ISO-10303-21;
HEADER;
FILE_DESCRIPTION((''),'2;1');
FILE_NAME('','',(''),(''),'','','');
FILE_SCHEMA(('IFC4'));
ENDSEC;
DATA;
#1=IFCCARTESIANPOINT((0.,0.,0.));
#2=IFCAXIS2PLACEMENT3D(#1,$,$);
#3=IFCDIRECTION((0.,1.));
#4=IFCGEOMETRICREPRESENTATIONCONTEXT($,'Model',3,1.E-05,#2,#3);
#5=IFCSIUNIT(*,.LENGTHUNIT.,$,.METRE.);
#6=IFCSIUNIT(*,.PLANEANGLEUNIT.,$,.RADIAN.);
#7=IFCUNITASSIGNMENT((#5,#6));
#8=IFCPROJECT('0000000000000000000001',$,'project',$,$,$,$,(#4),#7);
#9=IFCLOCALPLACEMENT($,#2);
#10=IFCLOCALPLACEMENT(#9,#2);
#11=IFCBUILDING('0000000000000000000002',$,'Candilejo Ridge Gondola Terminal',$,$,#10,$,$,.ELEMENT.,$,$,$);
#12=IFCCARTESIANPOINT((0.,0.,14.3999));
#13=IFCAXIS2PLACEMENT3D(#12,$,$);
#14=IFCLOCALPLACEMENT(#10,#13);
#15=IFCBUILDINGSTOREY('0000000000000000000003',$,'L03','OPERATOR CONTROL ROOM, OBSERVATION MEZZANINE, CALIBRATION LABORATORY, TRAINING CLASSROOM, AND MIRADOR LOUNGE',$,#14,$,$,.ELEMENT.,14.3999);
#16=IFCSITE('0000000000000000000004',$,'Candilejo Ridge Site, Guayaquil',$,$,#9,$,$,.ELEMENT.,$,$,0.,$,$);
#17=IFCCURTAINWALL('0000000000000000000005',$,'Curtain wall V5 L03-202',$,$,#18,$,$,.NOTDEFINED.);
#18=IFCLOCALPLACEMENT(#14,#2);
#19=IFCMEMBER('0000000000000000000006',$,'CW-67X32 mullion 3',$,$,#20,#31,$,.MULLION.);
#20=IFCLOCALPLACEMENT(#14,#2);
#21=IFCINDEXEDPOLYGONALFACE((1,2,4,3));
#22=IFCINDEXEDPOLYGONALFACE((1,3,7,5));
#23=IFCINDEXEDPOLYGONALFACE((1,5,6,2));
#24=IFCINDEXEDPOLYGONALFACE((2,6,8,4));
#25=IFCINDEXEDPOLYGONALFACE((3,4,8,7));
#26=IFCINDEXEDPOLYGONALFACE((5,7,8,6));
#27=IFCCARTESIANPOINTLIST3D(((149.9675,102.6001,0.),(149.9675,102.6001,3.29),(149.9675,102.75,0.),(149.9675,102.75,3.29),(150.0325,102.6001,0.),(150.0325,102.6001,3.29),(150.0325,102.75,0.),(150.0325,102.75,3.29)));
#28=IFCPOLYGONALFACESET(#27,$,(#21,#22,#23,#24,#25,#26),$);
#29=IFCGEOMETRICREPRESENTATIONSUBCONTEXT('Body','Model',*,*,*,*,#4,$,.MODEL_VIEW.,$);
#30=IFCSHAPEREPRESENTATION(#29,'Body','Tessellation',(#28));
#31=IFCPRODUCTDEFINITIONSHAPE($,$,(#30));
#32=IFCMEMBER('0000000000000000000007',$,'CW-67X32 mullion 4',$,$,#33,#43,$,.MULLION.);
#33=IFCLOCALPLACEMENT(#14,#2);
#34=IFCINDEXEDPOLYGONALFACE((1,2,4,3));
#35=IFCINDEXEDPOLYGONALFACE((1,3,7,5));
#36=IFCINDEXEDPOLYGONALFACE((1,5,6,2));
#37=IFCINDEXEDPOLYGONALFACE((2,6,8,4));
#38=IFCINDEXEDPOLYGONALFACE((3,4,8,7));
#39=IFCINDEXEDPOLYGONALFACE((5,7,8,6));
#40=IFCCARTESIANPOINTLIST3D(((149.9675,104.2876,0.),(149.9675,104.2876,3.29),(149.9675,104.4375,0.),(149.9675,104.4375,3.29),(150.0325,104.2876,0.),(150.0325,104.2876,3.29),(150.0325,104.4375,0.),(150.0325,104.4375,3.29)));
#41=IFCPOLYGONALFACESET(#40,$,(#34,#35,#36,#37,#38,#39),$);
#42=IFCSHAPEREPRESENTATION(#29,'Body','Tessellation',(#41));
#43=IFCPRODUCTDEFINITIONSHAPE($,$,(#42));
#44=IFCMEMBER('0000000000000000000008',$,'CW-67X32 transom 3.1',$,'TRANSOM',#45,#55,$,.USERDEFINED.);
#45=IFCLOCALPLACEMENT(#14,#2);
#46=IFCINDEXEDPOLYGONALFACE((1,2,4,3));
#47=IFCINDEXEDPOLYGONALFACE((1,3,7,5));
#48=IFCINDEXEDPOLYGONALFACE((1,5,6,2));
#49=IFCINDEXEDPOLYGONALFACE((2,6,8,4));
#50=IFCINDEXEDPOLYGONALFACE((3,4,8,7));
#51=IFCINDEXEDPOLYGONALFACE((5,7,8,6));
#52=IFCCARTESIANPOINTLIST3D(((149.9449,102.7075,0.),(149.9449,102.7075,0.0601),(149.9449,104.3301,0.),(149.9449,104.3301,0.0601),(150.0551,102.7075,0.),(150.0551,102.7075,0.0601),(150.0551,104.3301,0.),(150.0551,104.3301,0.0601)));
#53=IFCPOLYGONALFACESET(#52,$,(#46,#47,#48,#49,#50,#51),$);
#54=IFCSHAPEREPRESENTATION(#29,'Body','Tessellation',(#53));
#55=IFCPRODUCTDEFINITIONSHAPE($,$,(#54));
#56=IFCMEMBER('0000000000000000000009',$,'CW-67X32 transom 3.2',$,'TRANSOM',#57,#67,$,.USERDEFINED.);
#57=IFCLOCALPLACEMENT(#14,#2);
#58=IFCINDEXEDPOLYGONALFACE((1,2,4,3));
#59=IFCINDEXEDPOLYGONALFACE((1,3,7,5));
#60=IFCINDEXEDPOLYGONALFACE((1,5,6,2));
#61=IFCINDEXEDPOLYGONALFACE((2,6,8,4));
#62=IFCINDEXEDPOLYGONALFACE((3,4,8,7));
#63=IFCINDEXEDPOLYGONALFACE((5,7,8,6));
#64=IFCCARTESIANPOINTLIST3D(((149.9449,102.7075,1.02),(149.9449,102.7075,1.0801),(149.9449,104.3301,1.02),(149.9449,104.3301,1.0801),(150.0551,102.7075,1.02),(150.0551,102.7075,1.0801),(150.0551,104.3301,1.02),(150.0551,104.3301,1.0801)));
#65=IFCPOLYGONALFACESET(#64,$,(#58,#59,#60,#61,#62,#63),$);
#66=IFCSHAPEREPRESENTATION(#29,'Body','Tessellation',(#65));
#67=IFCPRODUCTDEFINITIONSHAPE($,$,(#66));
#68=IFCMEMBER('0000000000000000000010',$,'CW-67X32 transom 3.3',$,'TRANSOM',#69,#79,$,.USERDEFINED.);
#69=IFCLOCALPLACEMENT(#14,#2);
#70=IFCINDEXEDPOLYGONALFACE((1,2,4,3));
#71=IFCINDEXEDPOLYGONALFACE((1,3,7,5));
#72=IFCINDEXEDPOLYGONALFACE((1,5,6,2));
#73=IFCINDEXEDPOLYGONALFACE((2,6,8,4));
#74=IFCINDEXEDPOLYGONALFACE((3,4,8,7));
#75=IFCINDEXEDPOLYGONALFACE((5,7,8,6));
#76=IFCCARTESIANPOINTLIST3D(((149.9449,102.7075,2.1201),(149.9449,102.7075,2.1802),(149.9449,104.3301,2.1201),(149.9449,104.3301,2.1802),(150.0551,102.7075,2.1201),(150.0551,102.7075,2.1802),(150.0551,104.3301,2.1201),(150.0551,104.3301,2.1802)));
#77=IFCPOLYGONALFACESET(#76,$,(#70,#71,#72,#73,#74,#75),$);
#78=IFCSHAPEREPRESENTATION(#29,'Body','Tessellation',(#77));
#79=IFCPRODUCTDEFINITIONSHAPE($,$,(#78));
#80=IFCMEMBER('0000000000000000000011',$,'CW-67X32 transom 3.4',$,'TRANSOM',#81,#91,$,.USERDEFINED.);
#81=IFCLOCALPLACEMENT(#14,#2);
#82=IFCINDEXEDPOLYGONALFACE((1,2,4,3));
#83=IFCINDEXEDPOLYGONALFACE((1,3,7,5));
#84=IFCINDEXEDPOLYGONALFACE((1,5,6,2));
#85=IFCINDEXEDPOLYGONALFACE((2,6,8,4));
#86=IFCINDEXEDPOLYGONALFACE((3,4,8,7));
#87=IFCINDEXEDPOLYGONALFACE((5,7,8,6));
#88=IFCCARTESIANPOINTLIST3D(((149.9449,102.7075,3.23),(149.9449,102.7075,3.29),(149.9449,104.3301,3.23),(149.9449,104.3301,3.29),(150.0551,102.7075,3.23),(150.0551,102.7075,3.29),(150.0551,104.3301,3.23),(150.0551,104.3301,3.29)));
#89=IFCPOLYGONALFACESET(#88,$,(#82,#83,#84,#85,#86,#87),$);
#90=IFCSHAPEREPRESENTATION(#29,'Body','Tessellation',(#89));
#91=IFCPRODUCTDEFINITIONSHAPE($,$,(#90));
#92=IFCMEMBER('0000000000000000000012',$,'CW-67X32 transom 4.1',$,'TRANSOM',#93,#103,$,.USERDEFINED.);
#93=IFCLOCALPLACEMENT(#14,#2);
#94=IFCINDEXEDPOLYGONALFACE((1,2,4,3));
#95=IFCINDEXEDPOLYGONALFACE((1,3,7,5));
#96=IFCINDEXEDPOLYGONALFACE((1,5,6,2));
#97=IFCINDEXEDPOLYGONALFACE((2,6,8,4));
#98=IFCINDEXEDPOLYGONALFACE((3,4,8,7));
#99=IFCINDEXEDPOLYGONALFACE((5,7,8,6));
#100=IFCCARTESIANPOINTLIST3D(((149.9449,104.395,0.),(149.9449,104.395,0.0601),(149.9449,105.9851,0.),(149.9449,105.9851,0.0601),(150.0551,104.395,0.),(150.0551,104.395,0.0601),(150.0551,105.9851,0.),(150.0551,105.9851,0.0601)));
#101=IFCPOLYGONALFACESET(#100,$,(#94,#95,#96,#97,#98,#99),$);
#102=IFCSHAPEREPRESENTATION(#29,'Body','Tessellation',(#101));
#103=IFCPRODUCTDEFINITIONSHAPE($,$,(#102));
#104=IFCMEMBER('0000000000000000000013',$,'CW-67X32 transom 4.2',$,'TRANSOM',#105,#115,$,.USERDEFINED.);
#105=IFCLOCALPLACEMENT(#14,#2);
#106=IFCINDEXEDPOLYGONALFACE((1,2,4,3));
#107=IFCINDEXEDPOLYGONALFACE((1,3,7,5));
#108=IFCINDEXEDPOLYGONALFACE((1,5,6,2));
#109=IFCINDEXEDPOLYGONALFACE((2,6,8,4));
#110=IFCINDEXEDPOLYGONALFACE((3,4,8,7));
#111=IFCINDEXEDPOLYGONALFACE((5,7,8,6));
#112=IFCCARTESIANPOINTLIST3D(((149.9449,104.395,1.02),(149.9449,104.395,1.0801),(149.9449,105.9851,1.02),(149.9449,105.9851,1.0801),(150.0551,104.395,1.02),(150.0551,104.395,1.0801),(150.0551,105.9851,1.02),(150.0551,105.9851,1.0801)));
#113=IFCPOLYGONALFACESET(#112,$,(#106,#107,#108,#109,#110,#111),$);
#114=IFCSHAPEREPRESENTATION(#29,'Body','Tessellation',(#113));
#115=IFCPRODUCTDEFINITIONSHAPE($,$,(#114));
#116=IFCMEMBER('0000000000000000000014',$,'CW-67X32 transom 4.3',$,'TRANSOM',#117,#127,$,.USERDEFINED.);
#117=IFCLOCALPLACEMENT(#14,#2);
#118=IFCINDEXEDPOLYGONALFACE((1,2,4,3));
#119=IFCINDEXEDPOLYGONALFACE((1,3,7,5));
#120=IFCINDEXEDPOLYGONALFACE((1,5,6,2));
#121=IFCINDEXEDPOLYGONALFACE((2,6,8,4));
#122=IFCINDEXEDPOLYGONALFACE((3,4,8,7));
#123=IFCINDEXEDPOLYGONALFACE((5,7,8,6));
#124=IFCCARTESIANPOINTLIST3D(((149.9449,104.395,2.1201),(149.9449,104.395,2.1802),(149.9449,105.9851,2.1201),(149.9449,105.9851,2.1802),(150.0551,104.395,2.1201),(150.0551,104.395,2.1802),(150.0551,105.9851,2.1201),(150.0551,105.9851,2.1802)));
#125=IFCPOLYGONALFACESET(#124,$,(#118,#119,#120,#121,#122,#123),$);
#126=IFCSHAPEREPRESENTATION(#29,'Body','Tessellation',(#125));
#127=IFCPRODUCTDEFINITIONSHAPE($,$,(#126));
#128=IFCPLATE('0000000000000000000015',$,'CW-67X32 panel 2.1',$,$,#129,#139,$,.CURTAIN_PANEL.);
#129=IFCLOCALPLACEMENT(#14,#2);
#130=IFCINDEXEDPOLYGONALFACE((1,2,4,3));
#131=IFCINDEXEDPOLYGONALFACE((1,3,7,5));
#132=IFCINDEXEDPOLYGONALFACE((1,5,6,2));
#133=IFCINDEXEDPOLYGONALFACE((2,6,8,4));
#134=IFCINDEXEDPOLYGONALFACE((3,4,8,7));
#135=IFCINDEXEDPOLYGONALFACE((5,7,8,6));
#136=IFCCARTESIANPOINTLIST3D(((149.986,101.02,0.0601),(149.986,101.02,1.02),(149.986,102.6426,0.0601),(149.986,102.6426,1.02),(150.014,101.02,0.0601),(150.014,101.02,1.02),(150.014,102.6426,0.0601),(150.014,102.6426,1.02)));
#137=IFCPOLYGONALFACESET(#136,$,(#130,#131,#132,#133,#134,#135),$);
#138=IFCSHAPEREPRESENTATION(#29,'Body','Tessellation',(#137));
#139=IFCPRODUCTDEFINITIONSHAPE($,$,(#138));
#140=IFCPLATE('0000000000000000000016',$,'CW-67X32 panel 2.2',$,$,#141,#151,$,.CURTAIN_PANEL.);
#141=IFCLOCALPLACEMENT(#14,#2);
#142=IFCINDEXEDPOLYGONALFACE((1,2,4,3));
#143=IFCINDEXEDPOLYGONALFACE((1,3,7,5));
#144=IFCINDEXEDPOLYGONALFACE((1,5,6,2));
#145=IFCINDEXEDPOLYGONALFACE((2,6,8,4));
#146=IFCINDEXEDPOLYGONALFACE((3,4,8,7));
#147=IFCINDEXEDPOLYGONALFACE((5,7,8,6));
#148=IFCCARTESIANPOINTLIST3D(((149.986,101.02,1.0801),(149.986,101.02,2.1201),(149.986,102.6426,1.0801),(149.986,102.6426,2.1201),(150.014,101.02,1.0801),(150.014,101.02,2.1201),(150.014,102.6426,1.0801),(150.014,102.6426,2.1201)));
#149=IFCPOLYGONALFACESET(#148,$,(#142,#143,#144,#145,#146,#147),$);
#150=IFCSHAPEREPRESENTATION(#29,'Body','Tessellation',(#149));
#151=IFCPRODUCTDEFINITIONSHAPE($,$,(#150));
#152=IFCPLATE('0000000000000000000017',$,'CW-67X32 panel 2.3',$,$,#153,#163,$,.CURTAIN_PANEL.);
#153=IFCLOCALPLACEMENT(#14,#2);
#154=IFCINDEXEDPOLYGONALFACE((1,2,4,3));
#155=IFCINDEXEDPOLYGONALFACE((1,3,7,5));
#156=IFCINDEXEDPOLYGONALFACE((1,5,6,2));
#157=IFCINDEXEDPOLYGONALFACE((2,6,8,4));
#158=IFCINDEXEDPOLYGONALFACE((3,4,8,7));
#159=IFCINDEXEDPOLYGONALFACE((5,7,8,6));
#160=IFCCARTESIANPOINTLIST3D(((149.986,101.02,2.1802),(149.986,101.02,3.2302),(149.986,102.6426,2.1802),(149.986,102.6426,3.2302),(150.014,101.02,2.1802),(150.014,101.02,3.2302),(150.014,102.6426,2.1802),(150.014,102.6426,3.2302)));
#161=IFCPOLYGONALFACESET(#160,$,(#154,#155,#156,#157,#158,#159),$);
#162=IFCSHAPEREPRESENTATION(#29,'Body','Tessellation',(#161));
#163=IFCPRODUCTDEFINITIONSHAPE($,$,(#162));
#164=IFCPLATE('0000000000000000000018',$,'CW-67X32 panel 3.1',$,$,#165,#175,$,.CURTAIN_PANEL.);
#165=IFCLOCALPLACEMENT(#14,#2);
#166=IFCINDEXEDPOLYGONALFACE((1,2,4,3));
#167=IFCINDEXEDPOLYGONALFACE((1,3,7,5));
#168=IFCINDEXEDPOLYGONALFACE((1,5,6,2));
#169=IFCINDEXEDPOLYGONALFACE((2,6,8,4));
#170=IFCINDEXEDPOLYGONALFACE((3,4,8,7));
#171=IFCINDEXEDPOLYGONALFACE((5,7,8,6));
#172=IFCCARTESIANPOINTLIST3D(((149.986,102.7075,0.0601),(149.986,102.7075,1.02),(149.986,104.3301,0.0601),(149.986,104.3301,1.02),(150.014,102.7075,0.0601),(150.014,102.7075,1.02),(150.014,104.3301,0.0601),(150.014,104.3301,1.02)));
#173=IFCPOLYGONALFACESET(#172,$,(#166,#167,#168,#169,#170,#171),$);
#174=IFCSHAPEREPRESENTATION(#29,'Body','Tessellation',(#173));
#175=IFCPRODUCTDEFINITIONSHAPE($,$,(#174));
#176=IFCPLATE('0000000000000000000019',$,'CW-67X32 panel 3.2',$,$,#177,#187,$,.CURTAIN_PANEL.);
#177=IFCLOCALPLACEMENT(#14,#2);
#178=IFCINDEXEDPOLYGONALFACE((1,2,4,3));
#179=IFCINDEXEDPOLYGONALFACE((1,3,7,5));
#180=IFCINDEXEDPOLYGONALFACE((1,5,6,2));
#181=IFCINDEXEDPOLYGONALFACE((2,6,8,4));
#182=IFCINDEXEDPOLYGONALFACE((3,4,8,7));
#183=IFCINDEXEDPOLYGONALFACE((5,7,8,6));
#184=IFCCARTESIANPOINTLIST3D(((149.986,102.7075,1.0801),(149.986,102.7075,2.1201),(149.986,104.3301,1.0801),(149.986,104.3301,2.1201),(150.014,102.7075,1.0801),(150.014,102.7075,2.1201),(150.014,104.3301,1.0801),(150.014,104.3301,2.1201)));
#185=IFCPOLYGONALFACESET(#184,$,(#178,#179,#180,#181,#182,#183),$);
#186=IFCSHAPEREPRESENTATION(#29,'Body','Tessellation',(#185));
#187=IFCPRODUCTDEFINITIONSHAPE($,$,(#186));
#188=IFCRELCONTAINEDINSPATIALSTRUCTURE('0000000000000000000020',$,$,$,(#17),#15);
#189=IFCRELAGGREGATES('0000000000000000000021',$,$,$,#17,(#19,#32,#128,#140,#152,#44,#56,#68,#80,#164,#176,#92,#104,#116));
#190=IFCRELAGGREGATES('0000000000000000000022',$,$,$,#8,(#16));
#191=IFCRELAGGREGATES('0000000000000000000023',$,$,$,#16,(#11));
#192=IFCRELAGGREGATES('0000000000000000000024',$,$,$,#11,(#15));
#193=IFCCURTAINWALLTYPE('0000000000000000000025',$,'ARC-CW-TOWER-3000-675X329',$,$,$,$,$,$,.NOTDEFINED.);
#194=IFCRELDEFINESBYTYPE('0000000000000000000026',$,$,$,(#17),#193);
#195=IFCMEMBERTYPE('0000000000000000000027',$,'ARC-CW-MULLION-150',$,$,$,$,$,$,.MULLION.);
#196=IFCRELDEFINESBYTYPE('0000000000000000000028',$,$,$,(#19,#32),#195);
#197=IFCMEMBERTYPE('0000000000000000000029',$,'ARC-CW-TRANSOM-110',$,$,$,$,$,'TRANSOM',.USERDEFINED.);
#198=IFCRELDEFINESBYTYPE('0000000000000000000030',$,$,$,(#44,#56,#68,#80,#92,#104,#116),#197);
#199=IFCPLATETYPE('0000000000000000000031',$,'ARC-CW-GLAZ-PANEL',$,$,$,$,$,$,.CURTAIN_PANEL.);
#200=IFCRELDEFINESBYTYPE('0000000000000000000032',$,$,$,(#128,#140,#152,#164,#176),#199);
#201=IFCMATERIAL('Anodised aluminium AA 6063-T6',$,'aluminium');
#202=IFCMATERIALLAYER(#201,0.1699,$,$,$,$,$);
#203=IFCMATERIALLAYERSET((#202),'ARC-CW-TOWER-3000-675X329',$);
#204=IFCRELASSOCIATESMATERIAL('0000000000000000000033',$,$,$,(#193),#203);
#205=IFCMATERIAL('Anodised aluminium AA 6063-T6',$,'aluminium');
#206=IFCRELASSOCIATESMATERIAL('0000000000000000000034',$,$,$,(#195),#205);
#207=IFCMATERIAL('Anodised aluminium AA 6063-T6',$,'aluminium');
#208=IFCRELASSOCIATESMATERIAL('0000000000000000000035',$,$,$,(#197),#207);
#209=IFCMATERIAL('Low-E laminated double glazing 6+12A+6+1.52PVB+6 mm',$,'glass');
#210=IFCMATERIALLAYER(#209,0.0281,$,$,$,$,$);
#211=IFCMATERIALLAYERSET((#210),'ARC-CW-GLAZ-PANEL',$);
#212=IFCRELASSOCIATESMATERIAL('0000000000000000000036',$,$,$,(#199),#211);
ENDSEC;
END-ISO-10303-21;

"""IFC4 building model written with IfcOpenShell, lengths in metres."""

from ifc_helpers import new_model, si_unit, direction, frame, origin, origin_2d, place, context, subcontext, project, spatial, rectangle, extrude, material, layer, layer_set, material_profile, profile_set, type_object, element, aggregate, save


model = new_model("IFC4")

# Units and contexts
model_context = context("Model", 3, precision=1e-05, world=origin(), true_north=direction((0.0, 1.0)))
body_context = subcontext(model_context, "Body", "Model", "MODEL_VIEW")
ifc_project = project(units=[si_unit("LENGTHUNIT", "METRE"), si_unit("PLANEANGLEUNIT", "RADIAN")], contexts=[model_context])

# Site, building, storey
site_placement = place(None, origin())
site = spatial("IfcSite", under=ifc_project, at=site_placement, Name="Candilejo Ridge Site, Guayaquil", CompositionType="ELEMENT", RefElevation=0.0)
building_placement = place(site_placement, origin())
building = spatial("IfcBuilding", under=site, at=building_placement, Name="Candilejo Ridge Gondola Terminal", CompositionType="ELEMENT")
storey_placement = place(building_placement, frame((0.0, 0.0, 14.3999)))
storey = spatial("IfcBuildingStorey", under=building, at=storey_placement, Name="L03", Description="OPERATOR CONTROL ROOM, OBSERVATION MEZZANINE, CALIBRATION LABORATORY, TRAINING CLASSROOM, AND MIRADOR LOUNGE", CompositionType="ELEMENT", Elevation=14.3999)

# Curtain wall, members, plates
ifc_material_1 = material(Name="Anodised aluminium AA 6063-T6", Category="aluminium")
ifc_layer_1 = layer(ifc_material_1, 0.1699)
ifc_layer_set_1 = layer_set([ifc_layer_1], Name="ARC-CW-TOWER-3000-675X329")
curtain_wall_type = type_object("IfcCurtainWallType", Name="ARC-CW-TOWER-3000-675X329", PredefinedType="NOTDEFINED", material=ifc_layer_set_1)
curtain_wall_placement = place(storey_placement, origin())
curtain_wall = element("IfcCurtainWall", 1, at=curtain_wall_placement, inside=storey, type_object=curtain_wall_type, Name="Curtain wall V5 L03-202", PredefinedType="NOTDEFINED")
ifc_material_2 = material(Name="Anodised aluminium AA 6063-T6", Category="aluminium")
ifc_material_profile_1 = material_profile(ifc_material_2, rectangle(XDim=0.0649, YDim=0.1499, at=origin_2d()))
ifc_profile_set_1 = profile_set([ifc_material_profile_1], Name="Anodised aluminium AA 6063-T6")
member_type_1 = type_object("IfcMemberType", Name="ARC-CW-MULLION-150", PredefinedType="MULLION", material=ifc_profile_set_1)
member_1_placement = place(storey_placement, frame((150.0, 102.675, 0.0), z_axis=(0.0, 0.0, 1.0), x_axis=(-1.0, 0.0, 0.0)))
member_1 = element("IfcMember", 2, at=member_1_placement, type_object=member_type_1, Name="CW-67X32 mullion 3", PredefinedType="MULLION", context=body_context, shape_type="SweptSolid", body=[
    extrude(rectangle(XDim=0.0649, YDim=0.1499, at=origin_2d()), origin(), (0.0, 0.0, 1.0), 3.29),
])
member_2_placement = place(storey_placement, frame((150.0, 104.3625, 0.0), z_axis=(0.0, 0.0, 1.0), x_axis=(-1.0, 0.0, 0.0)))
member_2 = element("IfcMember", 3, at=member_2_placement, type_object=member_type_1, Name="CW-67X32 mullion 4", PredefinedType="MULLION", context=body_context, shape_type="SweptSolid", body=[
    extrude(rectangle(XDim=0.0649, YDim=0.1499, at=origin_2d()), origin(), (0.0, 0.0, 1.0), 3.29),
])
ifc_material_3 = material(Name="Anodised aluminium AA 6063-T6", Category="aluminium")
ifc_material_profile_2 = material_profile(ifc_material_3, rectangle(XDim=0.1101, YDim=0.0601, at=origin_2d()))
ifc_profile_set_2 = profile_set([ifc_material_profile_2], Name="Anodised aluminium AA 6063-T6")
member_type_2 = type_object("IfcMemberType", Name="ARC-CW-TRANSOM-110", ElementType="TRANSOM", PredefinedType="USERDEFINED", material=ifc_profile_set_2)
member_3_placement = place(storey_placement, frame((150.0, 102.7075, 0.03), z_axis=(0.0, 1.0, 0.0), x_axis=(-1.0, 0.0, 0.0)))
member_3 = element("IfcMember", 4, at=member_3_placement, type_object=member_type_2, Name="CW-67X32 transom 3.1", ObjectType="TRANSOM", PredefinedType="USERDEFINED", context=body_context, shape_type="SweptSolid", body=[
    extrude(rectangle(XDim=0.1101, YDim=0.0601, at=origin_2d()), origin(), (0.0, 0.0, 1.0), 1.6226),
])
member_4_placement = place(storey_placement, frame((150.0, 102.7075, 1.05), z_axis=(0.0, 1.0, 0.0), x_axis=(-1.0, 0.0, 0.0)))
member_4 = element("IfcMember", 5, at=member_4_placement, type_object=member_type_2, Name="CW-67X32 transom 3.2", ObjectType="TRANSOM", PredefinedType="USERDEFINED", context=body_context, shape_type="SweptSolid", body=[
    extrude(rectangle(XDim=0.1101, YDim=0.0601, at=origin_2d()), origin(), (0.0, 0.0, 1.0), 1.6226),
])
member_5_placement = place(storey_placement, frame((150.0, 102.7075, 2.1501), z_axis=(0.0, 1.0, 0.0), x_axis=(-1.0, 0.0, 0.0)))
member_5 = element("IfcMember", 6, at=member_5_placement, type_object=member_type_2, Name="CW-67X32 transom 3.3", ObjectType="TRANSOM", PredefinedType="USERDEFINED", context=body_context, shape_type="SweptSolid", body=[
    extrude(rectangle(XDim=0.1101, YDim=0.0601, at=origin_2d()), origin(), (0.0, 0.0, 1.0), 1.6226),
])
member_6_placement = place(storey_placement, frame((150.0, 102.7075, 3.26), z_axis=(0.0, 1.0, 0.0), x_axis=(-1.0, 0.0, 0.0)))
member_6 = element("IfcMember", 7, at=member_6_placement, type_object=member_type_2, Name="CW-67X32 transom 3.4", ObjectType="TRANSOM", PredefinedType="USERDEFINED", context=body_context, shape_type="SweptSolid", body=[
    extrude(rectangle(XDim=0.1101, YDim=0.0601, at=origin_2d()), origin(), (0.0, 0.0, 1.0), 1.6226),
])
member_7_placement = place(storey_placement, frame((150.0, 104.395, 0.03), z_axis=(0.0, 1.0, 0.0), x_axis=(-1.0, 0.0, 0.0)))
member_7 = element("IfcMember", 8, at=member_7_placement, type_object=member_type_2, Name="CW-67X32 transom 4.1", ObjectType="TRANSOM", PredefinedType="USERDEFINED", context=body_context, shape_type="SweptSolid", body=[
    extrude(rectangle(XDim=0.1101, YDim=0.0601, at=origin_2d()), origin(), (0.0, 0.0, 1.0), 1.5901),
])
member_8_placement = place(storey_placement, frame((150.0, 104.395, 1.05), z_axis=(0.0, 1.0, 0.0), x_axis=(-1.0, 0.0, 0.0)))
member_8 = element("IfcMember", 9, at=member_8_placement, type_object=member_type_2, Name="CW-67X32 transom 4.2", ObjectType="TRANSOM", PredefinedType="USERDEFINED", context=body_context, shape_type="SweptSolid", body=[
    extrude(rectangle(XDim=0.1101, YDim=0.0601, at=origin_2d()), origin(), (0.0, 0.0, 1.0), 1.5901),
])
member_9_placement = place(storey_placement, frame((150.0, 104.395, 2.1501), z_axis=(0.0, 1.0, 0.0), x_axis=(-1.0, 0.0, 0.0)))
member_9 = element("IfcMember", 10, at=member_9_placement, type_object=member_type_2, Name="CW-67X32 transom 4.3", ObjectType="TRANSOM", PredefinedType="USERDEFINED", context=body_context, shape_type="SweptSolid", body=[
    extrude(rectangle(XDim=0.1101, YDim=0.0601, at=origin_2d()), origin(), (0.0, 0.0, 1.0), 1.5901),
])
ifc_material_4 = material(Name="Low-E laminated double glazing 6+12A+6+1.52PVB+6 mm", Category="glass")
ifc_layer_2 = layer(ifc_material_4, 0.0281)
ifc_layer_set_2 = layer_set([ifc_layer_2], Name="ARC-CW-GLAZ-PANEL")
plate_type = type_object("IfcPlateType", Name="ARC-CW-GLAZ-PANEL", PredefinedType="CURTAIN_PANEL", material=ifc_layer_set_2)
plate_1_placement = place(storey_placement, frame((150.0, 101.8313, 0.0601), z_axis=(0.0, 0.0, 1.0), x_axis=(0.0, 1.0, 0.0)))
plate_1 = element("IfcPlate", 11, at=plate_1_placement, type_object=plate_type, Name="CW-67X32 panel 2.1", PredefinedType="CURTAIN_PANEL", context=body_context, shape_type="SweptSolid", body=[
    extrude(rectangle(XDim=1.6226, YDim=0.0281, at=origin_2d()), origin(), (0.0, 0.0, 1.0), 0.96),
])
plate_2_placement = place(storey_placement, frame((150.0, 101.8313, 1.0801), z_axis=(0.0, 0.0, 1.0), x_axis=(0.0, 1.0, 0.0)))
plate_2 = element("IfcPlate", 12, at=plate_2_placement, type_object=plate_type, Name="CW-67X32 panel 2.2", PredefinedType="CURTAIN_PANEL", context=body_context, shape_type="SweptSolid", body=[
    extrude(rectangle(XDim=1.6226, YDim=0.0281, at=origin_2d()), origin(), (0.0, 0.0, 1.0), 1.04),
])
plate_3_placement = place(storey_placement, frame((150.0, 101.8313, 2.1802), z_axis=(0.0, 0.0, 1.0), x_axis=(0.0, 1.0, 0.0)))
plate_3 = element("IfcPlate", 13, at=plate_3_placement, type_object=plate_type, Name="CW-67X32 panel 2.3", PredefinedType="CURTAIN_PANEL", context=body_context, shape_type="SweptSolid", body=[
    extrude(rectangle(XDim=1.6226, YDim=0.0281, at=origin_2d()), origin(), (0.0, 0.0, 1.0), 1.05),
])
plate_4_placement = place(storey_placement, frame((150.0, 103.5188, 0.0601), z_axis=(0.0, 0.0, 1.0), x_axis=(0.0, 1.0, 0.0)))
plate_4 = element("IfcPlate", 14, at=plate_4_placement, type_object=plate_type, Name="CW-67X32 panel 3.1", PredefinedType="CURTAIN_PANEL", context=body_context, shape_type="SweptSolid", body=[
    extrude(rectangle(XDim=1.6226, YDim=0.0281, at=origin_2d()), origin(), (0.0, 0.0, 1.0), 0.96),
])
plate_5_placement = place(storey_placement, frame((150.0, 103.5188, 1.0801), z_axis=(0.0, 0.0, 1.0), x_axis=(0.0, 1.0, 0.0)))
plate_5 = element("IfcPlate", 15, at=plate_5_placement, type_object=plate_type, Name="CW-67X32 panel 3.2", PredefinedType="CURTAIN_PANEL", context=body_context, shape_type="SweptSolid", body=[
    extrude(rectangle(XDim=1.6226, YDim=0.0281, at=origin_2d()), origin(), (0.0, 0.0, 1.0), 1.04),
])
aggregate(curtain_wall, [member_1, member_2, plate_1, plate_2, plate_3, member_3, member_4, member_5, member_6, plate_4, plate_5, member_7, member_8, member_9])

save(model, "model.ifc")
